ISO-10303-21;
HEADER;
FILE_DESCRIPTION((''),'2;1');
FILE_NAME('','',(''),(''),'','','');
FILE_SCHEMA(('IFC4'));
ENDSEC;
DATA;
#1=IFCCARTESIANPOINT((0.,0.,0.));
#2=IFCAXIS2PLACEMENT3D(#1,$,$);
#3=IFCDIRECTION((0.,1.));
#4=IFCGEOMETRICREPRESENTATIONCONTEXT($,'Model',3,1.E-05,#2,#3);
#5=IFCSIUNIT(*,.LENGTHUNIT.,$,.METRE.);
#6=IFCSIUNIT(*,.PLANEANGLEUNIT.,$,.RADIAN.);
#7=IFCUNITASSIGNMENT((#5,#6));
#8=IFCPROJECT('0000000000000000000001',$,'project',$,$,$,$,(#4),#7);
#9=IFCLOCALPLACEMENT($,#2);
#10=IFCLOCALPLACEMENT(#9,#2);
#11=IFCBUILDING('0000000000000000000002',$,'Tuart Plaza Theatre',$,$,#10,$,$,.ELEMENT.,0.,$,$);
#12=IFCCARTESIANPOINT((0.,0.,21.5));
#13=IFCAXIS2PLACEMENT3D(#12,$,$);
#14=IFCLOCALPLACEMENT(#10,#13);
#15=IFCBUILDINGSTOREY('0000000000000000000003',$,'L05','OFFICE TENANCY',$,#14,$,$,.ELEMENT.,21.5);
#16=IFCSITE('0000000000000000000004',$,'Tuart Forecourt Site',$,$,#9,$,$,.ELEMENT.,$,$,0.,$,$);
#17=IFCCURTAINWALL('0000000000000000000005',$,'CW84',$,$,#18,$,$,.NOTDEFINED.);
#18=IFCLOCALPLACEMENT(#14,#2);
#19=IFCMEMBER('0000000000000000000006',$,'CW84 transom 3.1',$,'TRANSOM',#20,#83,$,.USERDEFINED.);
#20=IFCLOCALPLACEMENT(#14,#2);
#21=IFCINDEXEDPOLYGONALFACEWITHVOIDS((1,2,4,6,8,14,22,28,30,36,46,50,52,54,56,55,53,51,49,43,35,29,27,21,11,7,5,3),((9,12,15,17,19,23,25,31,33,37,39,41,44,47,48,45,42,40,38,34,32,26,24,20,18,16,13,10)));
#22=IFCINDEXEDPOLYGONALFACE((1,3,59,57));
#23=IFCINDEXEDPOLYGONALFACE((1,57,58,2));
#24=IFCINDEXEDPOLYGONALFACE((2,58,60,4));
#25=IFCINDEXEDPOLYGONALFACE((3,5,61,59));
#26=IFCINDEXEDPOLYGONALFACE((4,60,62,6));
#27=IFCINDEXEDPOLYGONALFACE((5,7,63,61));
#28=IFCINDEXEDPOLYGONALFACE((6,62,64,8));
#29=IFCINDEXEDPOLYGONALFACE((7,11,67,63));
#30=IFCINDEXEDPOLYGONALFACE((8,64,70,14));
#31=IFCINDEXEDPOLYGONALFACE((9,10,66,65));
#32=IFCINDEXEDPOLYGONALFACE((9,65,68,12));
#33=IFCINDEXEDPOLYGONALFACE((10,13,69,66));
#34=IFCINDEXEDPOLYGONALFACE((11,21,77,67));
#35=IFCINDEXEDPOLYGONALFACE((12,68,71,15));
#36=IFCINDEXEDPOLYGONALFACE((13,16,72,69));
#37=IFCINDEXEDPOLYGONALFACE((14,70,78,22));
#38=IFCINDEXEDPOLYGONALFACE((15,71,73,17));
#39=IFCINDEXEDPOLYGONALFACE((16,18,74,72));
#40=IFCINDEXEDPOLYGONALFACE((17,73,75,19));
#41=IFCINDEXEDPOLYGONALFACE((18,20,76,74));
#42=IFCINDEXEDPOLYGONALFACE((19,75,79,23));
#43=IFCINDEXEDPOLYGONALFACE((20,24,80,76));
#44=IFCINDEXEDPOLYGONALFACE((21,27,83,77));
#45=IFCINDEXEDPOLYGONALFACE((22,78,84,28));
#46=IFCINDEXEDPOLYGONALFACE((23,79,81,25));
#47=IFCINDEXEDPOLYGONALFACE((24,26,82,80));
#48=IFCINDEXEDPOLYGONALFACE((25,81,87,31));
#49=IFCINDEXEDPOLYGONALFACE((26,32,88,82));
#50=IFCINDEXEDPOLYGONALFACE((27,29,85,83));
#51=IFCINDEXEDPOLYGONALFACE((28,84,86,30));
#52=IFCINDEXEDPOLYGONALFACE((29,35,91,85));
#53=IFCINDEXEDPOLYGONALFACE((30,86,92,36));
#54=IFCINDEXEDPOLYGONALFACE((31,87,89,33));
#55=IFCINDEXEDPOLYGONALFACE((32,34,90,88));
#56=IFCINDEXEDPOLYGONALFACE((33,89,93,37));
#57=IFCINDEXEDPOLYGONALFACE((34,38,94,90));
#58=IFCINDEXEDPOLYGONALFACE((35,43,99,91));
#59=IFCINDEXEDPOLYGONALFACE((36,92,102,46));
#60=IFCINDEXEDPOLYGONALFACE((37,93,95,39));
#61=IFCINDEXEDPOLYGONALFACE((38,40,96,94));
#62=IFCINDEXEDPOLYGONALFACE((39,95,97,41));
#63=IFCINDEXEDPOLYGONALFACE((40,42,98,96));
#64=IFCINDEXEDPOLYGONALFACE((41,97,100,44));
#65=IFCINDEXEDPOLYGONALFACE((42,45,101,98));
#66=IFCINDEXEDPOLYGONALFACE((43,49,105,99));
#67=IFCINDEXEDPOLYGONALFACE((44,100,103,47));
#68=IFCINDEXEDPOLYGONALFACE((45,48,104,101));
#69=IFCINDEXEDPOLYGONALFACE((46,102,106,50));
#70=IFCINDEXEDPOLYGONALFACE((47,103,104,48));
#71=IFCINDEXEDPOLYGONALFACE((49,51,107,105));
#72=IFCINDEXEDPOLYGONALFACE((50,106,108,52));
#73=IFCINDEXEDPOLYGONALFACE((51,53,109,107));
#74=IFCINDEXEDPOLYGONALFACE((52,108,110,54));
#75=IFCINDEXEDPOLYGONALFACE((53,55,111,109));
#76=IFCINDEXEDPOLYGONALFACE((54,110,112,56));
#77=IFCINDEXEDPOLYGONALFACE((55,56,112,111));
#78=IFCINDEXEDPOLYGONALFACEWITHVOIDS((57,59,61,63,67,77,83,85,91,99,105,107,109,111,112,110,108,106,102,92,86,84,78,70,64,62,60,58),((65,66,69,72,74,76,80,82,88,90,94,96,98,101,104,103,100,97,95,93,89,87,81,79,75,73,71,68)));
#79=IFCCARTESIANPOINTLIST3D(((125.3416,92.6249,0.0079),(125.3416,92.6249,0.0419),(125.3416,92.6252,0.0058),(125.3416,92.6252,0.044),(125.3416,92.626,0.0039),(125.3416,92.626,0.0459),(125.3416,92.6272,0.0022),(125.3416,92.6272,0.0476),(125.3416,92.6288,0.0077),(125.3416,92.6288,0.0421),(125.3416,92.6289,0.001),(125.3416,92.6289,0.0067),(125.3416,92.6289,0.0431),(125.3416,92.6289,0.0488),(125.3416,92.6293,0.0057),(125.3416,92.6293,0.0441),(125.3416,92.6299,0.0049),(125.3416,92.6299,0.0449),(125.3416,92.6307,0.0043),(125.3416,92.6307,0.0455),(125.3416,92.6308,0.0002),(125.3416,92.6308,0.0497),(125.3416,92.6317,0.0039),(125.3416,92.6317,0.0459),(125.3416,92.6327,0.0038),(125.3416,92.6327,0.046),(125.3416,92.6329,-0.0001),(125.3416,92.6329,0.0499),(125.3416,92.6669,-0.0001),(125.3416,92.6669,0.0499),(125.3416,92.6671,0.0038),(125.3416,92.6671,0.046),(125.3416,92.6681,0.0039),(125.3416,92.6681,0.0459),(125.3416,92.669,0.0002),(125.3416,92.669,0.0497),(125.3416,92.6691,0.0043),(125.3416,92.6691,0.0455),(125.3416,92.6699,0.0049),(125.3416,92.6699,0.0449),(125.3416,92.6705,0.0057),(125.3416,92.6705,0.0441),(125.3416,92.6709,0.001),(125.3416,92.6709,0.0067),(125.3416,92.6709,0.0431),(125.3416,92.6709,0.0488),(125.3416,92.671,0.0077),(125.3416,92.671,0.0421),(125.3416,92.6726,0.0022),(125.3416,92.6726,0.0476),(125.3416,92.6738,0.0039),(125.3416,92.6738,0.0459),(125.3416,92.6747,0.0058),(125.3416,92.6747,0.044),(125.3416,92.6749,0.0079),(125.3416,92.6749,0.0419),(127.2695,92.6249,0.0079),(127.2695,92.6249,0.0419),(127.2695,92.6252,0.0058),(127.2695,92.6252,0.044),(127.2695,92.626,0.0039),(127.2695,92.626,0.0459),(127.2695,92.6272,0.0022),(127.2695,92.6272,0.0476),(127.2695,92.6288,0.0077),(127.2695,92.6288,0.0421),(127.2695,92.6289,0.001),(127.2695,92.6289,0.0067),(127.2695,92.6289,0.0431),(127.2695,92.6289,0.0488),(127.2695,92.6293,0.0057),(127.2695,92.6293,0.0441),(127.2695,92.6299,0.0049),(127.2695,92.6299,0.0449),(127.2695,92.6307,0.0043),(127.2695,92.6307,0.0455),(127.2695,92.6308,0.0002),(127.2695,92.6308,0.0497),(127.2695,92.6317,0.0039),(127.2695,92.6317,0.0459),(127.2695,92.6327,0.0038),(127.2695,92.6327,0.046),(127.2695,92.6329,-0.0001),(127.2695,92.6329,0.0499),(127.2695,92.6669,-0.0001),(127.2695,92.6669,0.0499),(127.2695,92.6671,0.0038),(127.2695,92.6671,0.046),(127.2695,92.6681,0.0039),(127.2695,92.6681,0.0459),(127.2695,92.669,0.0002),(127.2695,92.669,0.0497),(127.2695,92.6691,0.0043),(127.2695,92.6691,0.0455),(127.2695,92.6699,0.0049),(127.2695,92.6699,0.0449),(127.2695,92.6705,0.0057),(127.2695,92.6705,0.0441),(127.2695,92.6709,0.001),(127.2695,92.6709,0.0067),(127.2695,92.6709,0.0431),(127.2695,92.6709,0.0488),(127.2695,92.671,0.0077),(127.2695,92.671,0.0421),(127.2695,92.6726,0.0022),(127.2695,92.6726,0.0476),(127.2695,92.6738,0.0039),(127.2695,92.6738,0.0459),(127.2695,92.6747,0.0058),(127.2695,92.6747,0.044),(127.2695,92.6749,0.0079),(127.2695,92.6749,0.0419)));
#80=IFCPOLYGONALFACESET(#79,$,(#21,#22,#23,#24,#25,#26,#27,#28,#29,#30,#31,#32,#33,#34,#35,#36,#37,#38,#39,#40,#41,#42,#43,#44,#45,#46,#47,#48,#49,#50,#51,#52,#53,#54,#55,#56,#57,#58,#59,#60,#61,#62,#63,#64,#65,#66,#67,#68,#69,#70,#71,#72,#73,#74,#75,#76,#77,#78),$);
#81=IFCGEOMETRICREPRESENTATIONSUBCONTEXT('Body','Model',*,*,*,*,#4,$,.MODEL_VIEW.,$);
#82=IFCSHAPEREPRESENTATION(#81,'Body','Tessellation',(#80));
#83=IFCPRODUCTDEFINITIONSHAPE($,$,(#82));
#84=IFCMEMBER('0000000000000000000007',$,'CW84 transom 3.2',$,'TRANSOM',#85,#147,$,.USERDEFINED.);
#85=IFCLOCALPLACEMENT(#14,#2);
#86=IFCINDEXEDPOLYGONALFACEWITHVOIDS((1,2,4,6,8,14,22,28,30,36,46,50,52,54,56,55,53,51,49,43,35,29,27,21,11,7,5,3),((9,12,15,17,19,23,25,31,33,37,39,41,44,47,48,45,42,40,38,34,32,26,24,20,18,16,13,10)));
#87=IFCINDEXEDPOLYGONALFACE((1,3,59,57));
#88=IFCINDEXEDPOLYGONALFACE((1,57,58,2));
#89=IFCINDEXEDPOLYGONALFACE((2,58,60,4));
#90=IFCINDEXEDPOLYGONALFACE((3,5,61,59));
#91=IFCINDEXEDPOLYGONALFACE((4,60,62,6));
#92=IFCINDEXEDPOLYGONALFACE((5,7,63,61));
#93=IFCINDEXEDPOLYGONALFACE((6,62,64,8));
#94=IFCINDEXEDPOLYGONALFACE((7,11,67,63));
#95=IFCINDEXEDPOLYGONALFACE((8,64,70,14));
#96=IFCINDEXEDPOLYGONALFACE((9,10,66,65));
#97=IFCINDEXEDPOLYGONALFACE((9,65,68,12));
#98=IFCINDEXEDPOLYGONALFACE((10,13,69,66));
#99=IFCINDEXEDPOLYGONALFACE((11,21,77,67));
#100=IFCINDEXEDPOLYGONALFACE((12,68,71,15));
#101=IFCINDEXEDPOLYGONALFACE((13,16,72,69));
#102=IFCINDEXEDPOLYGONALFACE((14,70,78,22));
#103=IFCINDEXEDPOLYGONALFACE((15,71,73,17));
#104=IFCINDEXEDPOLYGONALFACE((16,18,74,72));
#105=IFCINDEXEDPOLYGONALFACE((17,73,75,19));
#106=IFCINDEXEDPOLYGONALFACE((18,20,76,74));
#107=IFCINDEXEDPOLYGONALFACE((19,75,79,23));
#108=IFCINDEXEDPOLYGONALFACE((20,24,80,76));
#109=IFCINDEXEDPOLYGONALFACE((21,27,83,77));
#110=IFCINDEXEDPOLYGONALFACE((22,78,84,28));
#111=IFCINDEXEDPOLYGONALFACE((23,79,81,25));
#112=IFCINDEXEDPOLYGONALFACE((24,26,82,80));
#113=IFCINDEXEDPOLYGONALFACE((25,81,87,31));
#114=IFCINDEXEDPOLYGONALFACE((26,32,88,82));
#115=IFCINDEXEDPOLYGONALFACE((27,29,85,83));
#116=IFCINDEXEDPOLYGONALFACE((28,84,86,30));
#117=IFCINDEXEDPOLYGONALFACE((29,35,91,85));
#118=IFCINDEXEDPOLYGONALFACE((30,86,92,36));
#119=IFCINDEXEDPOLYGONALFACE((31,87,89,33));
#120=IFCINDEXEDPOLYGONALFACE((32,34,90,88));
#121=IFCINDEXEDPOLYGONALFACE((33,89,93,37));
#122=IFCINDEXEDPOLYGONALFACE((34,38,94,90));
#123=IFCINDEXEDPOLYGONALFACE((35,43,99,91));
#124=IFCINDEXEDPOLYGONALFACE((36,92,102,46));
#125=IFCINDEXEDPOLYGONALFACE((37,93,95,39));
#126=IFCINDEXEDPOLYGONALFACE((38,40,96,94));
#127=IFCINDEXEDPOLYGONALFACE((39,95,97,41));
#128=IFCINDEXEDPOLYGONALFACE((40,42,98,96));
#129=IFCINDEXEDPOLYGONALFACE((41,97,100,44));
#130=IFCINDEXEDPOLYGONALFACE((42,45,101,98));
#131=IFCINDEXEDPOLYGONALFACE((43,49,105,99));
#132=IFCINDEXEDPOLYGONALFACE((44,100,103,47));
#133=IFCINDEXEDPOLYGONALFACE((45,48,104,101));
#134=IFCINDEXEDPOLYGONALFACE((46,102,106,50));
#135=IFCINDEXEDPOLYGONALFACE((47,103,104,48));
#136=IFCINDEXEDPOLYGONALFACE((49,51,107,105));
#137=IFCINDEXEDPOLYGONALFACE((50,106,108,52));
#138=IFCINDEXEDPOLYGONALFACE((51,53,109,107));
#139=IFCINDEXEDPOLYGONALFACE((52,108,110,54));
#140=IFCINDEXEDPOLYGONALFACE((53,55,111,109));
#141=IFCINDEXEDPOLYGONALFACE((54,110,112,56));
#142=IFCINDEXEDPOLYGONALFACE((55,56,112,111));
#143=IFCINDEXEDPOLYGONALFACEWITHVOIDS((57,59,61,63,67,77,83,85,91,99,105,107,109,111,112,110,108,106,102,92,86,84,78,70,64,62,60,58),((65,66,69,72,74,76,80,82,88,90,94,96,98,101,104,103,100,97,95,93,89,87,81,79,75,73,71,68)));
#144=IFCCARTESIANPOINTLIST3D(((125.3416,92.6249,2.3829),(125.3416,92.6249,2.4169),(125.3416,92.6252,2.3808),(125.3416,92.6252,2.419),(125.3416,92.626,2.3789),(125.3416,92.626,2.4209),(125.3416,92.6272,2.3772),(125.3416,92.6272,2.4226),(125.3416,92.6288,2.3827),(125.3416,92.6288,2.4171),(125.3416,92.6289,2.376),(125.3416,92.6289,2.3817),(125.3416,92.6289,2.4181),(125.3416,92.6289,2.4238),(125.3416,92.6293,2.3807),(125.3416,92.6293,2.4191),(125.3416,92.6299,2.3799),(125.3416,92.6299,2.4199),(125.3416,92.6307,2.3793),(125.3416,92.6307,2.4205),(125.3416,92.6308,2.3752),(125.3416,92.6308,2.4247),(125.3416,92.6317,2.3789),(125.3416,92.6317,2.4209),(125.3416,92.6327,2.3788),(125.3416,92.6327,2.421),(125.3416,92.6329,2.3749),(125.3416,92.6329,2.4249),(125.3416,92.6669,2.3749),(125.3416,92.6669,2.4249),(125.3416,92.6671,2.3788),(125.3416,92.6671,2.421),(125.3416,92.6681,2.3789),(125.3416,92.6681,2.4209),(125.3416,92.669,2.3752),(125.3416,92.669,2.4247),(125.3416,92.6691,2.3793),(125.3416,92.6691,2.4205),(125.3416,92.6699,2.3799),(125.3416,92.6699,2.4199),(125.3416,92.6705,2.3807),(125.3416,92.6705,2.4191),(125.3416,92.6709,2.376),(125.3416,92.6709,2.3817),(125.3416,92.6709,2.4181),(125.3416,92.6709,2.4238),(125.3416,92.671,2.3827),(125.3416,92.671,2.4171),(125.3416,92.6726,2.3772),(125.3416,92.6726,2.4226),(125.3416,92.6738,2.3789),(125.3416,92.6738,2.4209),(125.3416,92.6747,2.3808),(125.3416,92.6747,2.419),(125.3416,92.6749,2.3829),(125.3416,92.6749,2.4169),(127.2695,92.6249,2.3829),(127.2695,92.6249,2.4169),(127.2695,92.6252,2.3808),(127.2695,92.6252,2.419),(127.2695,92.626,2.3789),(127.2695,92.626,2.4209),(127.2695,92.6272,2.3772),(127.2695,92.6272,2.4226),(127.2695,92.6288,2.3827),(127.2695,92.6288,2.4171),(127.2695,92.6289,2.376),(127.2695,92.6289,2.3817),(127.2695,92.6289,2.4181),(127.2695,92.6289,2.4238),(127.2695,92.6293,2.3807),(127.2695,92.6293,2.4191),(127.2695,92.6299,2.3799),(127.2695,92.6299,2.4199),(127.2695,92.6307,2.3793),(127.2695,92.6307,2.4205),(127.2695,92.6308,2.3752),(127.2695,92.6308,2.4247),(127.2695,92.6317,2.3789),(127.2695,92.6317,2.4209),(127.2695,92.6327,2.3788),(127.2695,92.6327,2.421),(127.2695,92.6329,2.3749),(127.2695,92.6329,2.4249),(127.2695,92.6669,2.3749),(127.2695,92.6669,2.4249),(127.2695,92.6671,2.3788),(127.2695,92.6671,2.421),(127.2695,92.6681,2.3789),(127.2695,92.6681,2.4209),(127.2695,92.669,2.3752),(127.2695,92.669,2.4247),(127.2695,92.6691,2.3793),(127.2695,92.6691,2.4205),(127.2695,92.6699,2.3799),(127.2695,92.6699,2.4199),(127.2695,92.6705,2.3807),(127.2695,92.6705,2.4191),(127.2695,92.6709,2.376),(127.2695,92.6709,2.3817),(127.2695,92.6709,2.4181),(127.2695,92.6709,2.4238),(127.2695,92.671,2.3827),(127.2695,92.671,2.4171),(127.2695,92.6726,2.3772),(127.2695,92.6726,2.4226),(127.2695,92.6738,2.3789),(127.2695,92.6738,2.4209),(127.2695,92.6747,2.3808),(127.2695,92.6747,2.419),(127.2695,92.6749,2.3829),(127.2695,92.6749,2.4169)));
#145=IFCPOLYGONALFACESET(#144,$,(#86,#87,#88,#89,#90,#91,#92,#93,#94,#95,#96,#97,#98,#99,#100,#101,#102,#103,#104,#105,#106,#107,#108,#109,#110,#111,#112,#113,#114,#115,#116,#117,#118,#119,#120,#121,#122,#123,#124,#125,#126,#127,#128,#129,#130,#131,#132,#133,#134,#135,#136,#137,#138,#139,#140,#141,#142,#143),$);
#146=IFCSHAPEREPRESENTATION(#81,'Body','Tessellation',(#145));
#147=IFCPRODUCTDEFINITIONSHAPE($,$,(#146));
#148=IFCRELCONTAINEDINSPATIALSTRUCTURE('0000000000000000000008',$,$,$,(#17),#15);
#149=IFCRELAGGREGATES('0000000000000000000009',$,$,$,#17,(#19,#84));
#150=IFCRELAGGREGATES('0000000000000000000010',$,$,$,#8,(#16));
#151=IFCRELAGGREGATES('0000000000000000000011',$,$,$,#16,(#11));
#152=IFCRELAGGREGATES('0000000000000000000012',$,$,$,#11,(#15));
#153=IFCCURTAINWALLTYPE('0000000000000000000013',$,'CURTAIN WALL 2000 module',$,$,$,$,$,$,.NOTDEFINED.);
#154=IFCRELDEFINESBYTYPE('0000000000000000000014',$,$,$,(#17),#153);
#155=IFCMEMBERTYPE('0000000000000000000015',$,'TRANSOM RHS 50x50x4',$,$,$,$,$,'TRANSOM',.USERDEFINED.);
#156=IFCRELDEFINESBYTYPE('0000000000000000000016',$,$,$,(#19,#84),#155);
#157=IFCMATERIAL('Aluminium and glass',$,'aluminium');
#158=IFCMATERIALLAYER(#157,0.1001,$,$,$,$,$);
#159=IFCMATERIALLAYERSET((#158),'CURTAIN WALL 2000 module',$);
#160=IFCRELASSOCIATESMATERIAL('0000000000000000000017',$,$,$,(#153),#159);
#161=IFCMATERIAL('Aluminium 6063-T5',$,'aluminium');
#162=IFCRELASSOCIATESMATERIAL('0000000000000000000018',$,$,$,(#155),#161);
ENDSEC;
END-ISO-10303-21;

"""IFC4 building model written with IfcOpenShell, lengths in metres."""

from ifc_helpers import new_model, si_unit, direction, frame, origin, origin_2d, place, context, subcontext, project, spatial, hollow_rectangle, extrude, material, layer, layer_set, material_profile, profile_set, type_object, element, aggregate, save


model = new_model("IFC4")

# Units and contexts
model_context = context("Model", 3, precision=1e-05, world=origin(), true_north=direction((0.0, 1.0)))
body_context = subcontext(model_context, "Body", "Model", "MODEL_VIEW")
ifc_project = project(units=[si_unit("LENGTHUNIT", "METRE"), si_unit("PLANEANGLEUNIT", "RADIAN")], contexts=[model_context])

# Site, building, storey
site_placement = place(None, origin())
site = spatial("IfcSite", under=ifc_project, at=site_placement, Name="Tuart Forecourt Site", CompositionType="ELEMENT", RefElevation=0.0)
building_placement = place(site_placement, origin())
building = spatial("IfcBuilding", under=site, at=building_placement, Name="Tuart Plaza Theatre", CompositionType="ELEMENT", ElevationOfRefHeight=0.0)
storey_placement = place(building_placement, frame((0.0, 0.0, 21.5)))
storey = spatial("IfcBuildingStorey", under=building, at=storey_placement, Name="L05", Description="OFFICE TENANCY", CompositionType="ELEMENT", Elevation=21.5)

# Shared definitions
ifc_material_1 = material(Name="Aluminium and glass", Category="aluminium")
ifc_layer_1 = layer(ifc_material_1, 0.1001)
ifc_layer_set_1 = layer_set([ifc_layer_1], Name="CURTAIN WALL 2000 module")
curtain_wall_type = type_object("IfcCurtainWallType", Name="CURTAIN WALL 2000 module", PredefinedType="NOTDEFINED", material=ifc_layer_set_1)

# Curtain wall
curtain_wall_1_placement = place(storey_placement, origin())
curtain_wall_1 = element("IfcCurtainWall", 1, at=curtain_wall_1_placement, inside=storey, type_object=curtain_wall_type, Name="CW84", PredefinedType="NOTDEFINED")

# Members
ifc_material_2 = material(Name="Aluminium 6063-T5", Category="aluminium")
ifc_material_profile_1 = material_profile(ifc_material_2, hollow_rectangle(XDim=0.05, YDim=0.05, WallThickness=0.0039, InnerFilletRadius=0.0039, OuterFilletRadius=0.0081, at=origin_2d()), Name="RHS 50x50x4")
ifc_profile_set_1 = profile_set([ifc_material_profile_1], Name="Aluminium 6063-T5")
member_type_1 = type_object("IfcMemberType", Name="TRANSOM RHS 50x50x4", ElementType="TRANSOM", PredefinedType="USERDEFINED", material=ifc_profile_set_1)
member_1_placement = place(storey_placement, frame((127.2695, 92.6499, 0.0249), z_axis=(-1.0, 0.0, 0.0), x_axis=(0.0, -1.0, 0.0)))
member_1 = element("IfcMember", 2, at=member_1_placement, type_object=member_type_1, Name="CW84 transom 3.1", ObjectType="TRANSOM", PredefinedType="USERDEFINED", context=body_context, shape_type="SweptSolid", body=[
    extrude(hollow_rectangle(XDim=0.05, YDim=0.05, WallThickness=0.0039, InnerFilletRadius=0.0039, OuterFilletRadius=0.0081, at=origin_2d()), origin(), (0.0, 0.0, 1.0), 1.928),
])
member_2_placement = place(storey_placement, frame((127.2695, 92.6499, 2.3999), z_axis=(-1.0, 0.0, 0.0), x_axis=(0.0, -1.0, 0.0)))
member_2 = element("IfcMember", 3, at=member_2_placement, type_object=member_type_1, Name="CW84 transom 3.2", ObjectType="TRANSOM", PredefinedType="USERDEFINED", context=body_context, shape_type="SweptSolid", body=[
    extrude(hollow_rectangle(XDim=0.05, YDim=0.05, WallThickness=0.0039, InnerFilletRadius=0.0039, OuterFilletRadius=0.0081, at=origin_2d()), origin(), (0.0, 0.0, 1.0), 1.928),
])

aggregate(curtain_wall_1, [member_1, member_2])

save(model, "model.ifc")
